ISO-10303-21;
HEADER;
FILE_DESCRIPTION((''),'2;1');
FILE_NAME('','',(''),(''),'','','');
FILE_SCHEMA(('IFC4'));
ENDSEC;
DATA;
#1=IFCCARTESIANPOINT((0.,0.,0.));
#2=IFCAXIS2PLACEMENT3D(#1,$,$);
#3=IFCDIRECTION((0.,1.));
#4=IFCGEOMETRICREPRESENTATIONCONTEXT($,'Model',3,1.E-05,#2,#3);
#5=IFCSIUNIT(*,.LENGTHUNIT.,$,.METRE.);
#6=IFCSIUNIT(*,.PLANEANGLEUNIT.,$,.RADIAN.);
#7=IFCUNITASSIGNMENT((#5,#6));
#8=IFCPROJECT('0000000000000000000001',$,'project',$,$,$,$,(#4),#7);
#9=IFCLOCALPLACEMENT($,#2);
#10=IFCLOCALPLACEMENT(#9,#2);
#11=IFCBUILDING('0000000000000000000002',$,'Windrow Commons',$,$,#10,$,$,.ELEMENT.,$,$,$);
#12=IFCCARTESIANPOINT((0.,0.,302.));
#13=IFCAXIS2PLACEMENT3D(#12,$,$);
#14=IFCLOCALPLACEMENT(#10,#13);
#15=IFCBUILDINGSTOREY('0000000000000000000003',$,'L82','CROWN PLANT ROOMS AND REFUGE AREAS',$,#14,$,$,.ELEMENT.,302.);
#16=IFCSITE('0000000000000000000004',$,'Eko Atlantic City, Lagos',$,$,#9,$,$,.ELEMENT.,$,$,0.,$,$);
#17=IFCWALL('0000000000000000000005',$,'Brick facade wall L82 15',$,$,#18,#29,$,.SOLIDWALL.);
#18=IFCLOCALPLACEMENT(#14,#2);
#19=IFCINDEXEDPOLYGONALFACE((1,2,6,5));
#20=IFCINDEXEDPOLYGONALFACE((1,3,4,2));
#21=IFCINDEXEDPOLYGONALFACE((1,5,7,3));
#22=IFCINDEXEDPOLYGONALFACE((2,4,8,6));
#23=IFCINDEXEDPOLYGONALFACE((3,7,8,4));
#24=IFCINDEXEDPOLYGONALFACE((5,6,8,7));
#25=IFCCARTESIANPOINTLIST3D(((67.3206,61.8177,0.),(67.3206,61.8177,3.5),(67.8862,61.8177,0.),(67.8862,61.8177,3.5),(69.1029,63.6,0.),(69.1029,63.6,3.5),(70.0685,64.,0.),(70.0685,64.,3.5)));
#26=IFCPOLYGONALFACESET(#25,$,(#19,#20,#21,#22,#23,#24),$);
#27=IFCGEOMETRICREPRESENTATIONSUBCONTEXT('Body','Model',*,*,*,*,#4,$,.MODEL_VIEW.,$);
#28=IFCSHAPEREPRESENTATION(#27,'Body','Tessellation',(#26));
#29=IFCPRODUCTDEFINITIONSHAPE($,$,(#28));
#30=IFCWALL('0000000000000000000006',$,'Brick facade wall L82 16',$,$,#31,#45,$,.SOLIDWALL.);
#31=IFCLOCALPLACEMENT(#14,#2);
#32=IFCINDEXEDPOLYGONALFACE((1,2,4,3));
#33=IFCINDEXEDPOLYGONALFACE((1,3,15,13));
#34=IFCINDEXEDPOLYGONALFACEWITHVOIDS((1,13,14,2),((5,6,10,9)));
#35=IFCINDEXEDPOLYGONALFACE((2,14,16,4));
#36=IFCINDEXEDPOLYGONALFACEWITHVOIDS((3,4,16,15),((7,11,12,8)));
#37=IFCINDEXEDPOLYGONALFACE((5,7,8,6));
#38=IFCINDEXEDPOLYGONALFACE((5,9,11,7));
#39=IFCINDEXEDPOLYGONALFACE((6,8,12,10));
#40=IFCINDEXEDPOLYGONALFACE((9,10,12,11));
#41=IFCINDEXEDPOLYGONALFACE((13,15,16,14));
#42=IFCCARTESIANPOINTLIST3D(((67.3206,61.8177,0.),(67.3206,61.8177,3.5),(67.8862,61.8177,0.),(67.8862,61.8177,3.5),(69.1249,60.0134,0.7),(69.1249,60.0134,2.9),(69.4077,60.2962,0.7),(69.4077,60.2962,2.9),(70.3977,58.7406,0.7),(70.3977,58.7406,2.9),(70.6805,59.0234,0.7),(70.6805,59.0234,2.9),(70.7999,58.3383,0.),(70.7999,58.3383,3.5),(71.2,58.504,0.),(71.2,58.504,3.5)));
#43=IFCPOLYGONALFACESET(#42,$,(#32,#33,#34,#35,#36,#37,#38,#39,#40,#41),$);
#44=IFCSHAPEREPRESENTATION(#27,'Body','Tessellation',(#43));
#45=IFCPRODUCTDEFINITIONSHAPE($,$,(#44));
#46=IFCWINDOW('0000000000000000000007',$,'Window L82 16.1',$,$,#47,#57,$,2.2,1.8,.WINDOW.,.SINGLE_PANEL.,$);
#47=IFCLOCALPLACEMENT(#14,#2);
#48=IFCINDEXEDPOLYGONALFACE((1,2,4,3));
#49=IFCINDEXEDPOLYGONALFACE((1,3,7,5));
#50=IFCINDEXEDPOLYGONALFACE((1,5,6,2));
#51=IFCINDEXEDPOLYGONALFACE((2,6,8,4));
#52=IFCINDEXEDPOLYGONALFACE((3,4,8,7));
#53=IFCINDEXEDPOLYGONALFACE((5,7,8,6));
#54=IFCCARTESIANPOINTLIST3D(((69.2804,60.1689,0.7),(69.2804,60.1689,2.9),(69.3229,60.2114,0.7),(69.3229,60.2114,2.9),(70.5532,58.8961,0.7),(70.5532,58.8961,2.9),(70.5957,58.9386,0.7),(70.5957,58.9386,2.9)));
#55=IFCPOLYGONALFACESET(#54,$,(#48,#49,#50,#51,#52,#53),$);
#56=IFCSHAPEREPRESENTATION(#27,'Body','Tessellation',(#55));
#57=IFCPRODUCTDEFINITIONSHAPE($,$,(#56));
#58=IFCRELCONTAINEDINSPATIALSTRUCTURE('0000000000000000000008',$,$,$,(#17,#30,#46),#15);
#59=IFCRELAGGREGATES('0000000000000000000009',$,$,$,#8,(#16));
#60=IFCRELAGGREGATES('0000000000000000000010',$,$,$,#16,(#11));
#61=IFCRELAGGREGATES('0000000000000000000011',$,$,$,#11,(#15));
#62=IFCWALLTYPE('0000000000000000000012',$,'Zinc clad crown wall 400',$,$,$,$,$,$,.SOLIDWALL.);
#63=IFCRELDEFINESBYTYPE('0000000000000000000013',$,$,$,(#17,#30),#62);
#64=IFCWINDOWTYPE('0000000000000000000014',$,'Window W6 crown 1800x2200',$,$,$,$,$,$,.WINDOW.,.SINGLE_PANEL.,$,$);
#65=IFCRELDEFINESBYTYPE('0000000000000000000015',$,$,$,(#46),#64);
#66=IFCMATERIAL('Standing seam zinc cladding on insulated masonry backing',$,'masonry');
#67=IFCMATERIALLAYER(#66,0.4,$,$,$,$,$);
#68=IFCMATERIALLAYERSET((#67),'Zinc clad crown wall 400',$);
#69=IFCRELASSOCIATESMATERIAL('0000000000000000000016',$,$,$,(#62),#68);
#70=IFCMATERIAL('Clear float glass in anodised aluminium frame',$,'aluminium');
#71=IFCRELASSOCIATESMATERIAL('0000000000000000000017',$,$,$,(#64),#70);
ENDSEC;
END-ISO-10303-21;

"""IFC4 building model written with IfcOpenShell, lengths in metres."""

from ifc_helpers import new_model, si_unit, direction, frame, frame_2d, origin, place, context, subcontext, project, spatial, polyline, rectangle, outline, extrude, material, layer, layer_set, type_object, element, fill, save


model = new_model("IFC4")

# Units and contexts
model_context = context("Model", 3, precision=1e-05, world=origin(), true_north=direction((0.0, 1.0)))
body_context = subcontext(model_context, "Body", "Model", "MODEL_VIEW")
ifc_project = project(units=[si_unit("LENGTHUNIT", "METRE"), si_unit("PLANEANGLEUNIT", "RADIAN")], contexts=[model_context])

# Site, building, storey
site_placement = place(None, origin())
site = spatial("IfcSite", under=ifc_project, at=site_placement, Name="Eko Atlantic City, Lagos", CompositionType="ELEMENT", RefElevation=0.0)
building_placement = place(site_placement, origin())
building = spatial("IfcBuilding", under=site, at=building_placement, Name="Windrow Commons", CompositionType="ELEMENT")
storey_placement = place(building_placement, frame((0.0, 0.0, 302.0)))
storey = spatial("IfcBuildingStorey", under=building, at=storey_placement, Name="L82", Description="CROWN PLANT ROOMS AND REFUGE AREAS", CompositionType="ELEMENT", Elevation=302.0)

# Shared definitions
ifc_material_1 = material(Name="Standing seam zinc cladding on insulated masonry backing", Category="masonry")
ifc_layer_1 = layer(ifc_material_1, 0.4)
ifc_layer_set_1 = layer_set([ifc_layer_1], Name="Zinc clad crown wall 400")
wall_type_1 = type_object("IfcWallType", Name="Zinc clad crown wall 400", PredefinedType="SOLIDWALL", material=ifc_layer_set_1)
ifc_material_2 = material(Name="Clear float glass in anodised aluminium frame", Category="aluminium")
window_type = type_object("IfcWindowType", Name="Window W6 crown 1800x2200", PartitioningType="SINGLE_PANEL", PredefinedType="WINDOW", material=ifc_material_2)

# Wall
wall_1_placement = place(storey_placement, frame((69.5857, 63.8, 0.0), z_axis=(0.0, 0.0, 1.0), x_axis=(-0.707107, -0.707107, 0.0)))
element("IfcWall", 1, at=wall_1_placement, inside=storey, type_object=wall_type_1, Name="Brick facade wall L82 15", PredefinedType="SOLIDWALL", context=body_context, shape_type="SweptSolid", body=[
    extrude(outline(polyline([(0.4828, -0.2), (3.0034, -0.2), (2.6034, 0.2), (-0.4828, 0.2), (0.4828, -0.2)])), origin(), (0.0, 0.0, 1.0), 3.5),
])

# Wall, opening, window
wall_2_placement = place(storey_placement, frame((67.6034, 61.8177, 0.0), z_axis=(0.0, 0.0, 1.0), x_axis=(0.707107, -0.707107, 0.0)))
wall_2 = element("IfcWall", 2, at=wall_2_placement, inside=storey, type_object=wall_type_1, Name="Brick facade wall L82 16", PredefinedType="SOLIDWALL", context=body_context, shape_type="SweptSolid", body=[
    extrude(outline(polyline([(-0.2, -0.2), (4.7206, -0.2), (4.8863, 0.2), (0.2, 0.2), (-0.2, -0.2)])), origin(), (0.0, 0.0, 1.0), 3.5),
])
opening_1_placement = place(wall_2_placement, frame((2.3517, 0.0, 0.7)))
opening_1 = element("IfcOpeningElement", 3, at=opening_1_placement, cuts=wall_2, PredefinedType="OPENING", context=body_context, shape_type="SweptSolid", body=[
    extrude(rectangle(XDim=1.8, YDim=2.2, at=frame_2d((0.9, 1.1))), frame((0.0, 0.21, 0.0), z_axis=(0.0, -1.0, 0.0), x_axis=(1.0, 0.0, 0.0)), (0.0, 0.0, 1.0), 0.42),
])
window_1_placement = place(opening_1_placement, origin())
window_1 = element("IfcWindow", 4, at=window_1_placement, inside=storey, type_object=window_type, Name="Window L82 16.1", OverallHeight=2.2, OverallWidth=1.8, PartitioningType="SINGLE_PANEL", PredefinedType="WINDOW", context=body_context, shape_type="SweptSolid", body=[
    extrude(rectangle(XDim=1.8, YDim=2.2, at=frame_2d((0.9, 1.1))), frame((0.0, 0.08, 0.0), z_axis=(0.0, -1.0, 0.0), x_axis=(1.0, 0.0, 0.0)), (0.0, 0.0, 1.0), 0.06),
])
fill(opening_1, window_1)

save(model, "model.ifc")
